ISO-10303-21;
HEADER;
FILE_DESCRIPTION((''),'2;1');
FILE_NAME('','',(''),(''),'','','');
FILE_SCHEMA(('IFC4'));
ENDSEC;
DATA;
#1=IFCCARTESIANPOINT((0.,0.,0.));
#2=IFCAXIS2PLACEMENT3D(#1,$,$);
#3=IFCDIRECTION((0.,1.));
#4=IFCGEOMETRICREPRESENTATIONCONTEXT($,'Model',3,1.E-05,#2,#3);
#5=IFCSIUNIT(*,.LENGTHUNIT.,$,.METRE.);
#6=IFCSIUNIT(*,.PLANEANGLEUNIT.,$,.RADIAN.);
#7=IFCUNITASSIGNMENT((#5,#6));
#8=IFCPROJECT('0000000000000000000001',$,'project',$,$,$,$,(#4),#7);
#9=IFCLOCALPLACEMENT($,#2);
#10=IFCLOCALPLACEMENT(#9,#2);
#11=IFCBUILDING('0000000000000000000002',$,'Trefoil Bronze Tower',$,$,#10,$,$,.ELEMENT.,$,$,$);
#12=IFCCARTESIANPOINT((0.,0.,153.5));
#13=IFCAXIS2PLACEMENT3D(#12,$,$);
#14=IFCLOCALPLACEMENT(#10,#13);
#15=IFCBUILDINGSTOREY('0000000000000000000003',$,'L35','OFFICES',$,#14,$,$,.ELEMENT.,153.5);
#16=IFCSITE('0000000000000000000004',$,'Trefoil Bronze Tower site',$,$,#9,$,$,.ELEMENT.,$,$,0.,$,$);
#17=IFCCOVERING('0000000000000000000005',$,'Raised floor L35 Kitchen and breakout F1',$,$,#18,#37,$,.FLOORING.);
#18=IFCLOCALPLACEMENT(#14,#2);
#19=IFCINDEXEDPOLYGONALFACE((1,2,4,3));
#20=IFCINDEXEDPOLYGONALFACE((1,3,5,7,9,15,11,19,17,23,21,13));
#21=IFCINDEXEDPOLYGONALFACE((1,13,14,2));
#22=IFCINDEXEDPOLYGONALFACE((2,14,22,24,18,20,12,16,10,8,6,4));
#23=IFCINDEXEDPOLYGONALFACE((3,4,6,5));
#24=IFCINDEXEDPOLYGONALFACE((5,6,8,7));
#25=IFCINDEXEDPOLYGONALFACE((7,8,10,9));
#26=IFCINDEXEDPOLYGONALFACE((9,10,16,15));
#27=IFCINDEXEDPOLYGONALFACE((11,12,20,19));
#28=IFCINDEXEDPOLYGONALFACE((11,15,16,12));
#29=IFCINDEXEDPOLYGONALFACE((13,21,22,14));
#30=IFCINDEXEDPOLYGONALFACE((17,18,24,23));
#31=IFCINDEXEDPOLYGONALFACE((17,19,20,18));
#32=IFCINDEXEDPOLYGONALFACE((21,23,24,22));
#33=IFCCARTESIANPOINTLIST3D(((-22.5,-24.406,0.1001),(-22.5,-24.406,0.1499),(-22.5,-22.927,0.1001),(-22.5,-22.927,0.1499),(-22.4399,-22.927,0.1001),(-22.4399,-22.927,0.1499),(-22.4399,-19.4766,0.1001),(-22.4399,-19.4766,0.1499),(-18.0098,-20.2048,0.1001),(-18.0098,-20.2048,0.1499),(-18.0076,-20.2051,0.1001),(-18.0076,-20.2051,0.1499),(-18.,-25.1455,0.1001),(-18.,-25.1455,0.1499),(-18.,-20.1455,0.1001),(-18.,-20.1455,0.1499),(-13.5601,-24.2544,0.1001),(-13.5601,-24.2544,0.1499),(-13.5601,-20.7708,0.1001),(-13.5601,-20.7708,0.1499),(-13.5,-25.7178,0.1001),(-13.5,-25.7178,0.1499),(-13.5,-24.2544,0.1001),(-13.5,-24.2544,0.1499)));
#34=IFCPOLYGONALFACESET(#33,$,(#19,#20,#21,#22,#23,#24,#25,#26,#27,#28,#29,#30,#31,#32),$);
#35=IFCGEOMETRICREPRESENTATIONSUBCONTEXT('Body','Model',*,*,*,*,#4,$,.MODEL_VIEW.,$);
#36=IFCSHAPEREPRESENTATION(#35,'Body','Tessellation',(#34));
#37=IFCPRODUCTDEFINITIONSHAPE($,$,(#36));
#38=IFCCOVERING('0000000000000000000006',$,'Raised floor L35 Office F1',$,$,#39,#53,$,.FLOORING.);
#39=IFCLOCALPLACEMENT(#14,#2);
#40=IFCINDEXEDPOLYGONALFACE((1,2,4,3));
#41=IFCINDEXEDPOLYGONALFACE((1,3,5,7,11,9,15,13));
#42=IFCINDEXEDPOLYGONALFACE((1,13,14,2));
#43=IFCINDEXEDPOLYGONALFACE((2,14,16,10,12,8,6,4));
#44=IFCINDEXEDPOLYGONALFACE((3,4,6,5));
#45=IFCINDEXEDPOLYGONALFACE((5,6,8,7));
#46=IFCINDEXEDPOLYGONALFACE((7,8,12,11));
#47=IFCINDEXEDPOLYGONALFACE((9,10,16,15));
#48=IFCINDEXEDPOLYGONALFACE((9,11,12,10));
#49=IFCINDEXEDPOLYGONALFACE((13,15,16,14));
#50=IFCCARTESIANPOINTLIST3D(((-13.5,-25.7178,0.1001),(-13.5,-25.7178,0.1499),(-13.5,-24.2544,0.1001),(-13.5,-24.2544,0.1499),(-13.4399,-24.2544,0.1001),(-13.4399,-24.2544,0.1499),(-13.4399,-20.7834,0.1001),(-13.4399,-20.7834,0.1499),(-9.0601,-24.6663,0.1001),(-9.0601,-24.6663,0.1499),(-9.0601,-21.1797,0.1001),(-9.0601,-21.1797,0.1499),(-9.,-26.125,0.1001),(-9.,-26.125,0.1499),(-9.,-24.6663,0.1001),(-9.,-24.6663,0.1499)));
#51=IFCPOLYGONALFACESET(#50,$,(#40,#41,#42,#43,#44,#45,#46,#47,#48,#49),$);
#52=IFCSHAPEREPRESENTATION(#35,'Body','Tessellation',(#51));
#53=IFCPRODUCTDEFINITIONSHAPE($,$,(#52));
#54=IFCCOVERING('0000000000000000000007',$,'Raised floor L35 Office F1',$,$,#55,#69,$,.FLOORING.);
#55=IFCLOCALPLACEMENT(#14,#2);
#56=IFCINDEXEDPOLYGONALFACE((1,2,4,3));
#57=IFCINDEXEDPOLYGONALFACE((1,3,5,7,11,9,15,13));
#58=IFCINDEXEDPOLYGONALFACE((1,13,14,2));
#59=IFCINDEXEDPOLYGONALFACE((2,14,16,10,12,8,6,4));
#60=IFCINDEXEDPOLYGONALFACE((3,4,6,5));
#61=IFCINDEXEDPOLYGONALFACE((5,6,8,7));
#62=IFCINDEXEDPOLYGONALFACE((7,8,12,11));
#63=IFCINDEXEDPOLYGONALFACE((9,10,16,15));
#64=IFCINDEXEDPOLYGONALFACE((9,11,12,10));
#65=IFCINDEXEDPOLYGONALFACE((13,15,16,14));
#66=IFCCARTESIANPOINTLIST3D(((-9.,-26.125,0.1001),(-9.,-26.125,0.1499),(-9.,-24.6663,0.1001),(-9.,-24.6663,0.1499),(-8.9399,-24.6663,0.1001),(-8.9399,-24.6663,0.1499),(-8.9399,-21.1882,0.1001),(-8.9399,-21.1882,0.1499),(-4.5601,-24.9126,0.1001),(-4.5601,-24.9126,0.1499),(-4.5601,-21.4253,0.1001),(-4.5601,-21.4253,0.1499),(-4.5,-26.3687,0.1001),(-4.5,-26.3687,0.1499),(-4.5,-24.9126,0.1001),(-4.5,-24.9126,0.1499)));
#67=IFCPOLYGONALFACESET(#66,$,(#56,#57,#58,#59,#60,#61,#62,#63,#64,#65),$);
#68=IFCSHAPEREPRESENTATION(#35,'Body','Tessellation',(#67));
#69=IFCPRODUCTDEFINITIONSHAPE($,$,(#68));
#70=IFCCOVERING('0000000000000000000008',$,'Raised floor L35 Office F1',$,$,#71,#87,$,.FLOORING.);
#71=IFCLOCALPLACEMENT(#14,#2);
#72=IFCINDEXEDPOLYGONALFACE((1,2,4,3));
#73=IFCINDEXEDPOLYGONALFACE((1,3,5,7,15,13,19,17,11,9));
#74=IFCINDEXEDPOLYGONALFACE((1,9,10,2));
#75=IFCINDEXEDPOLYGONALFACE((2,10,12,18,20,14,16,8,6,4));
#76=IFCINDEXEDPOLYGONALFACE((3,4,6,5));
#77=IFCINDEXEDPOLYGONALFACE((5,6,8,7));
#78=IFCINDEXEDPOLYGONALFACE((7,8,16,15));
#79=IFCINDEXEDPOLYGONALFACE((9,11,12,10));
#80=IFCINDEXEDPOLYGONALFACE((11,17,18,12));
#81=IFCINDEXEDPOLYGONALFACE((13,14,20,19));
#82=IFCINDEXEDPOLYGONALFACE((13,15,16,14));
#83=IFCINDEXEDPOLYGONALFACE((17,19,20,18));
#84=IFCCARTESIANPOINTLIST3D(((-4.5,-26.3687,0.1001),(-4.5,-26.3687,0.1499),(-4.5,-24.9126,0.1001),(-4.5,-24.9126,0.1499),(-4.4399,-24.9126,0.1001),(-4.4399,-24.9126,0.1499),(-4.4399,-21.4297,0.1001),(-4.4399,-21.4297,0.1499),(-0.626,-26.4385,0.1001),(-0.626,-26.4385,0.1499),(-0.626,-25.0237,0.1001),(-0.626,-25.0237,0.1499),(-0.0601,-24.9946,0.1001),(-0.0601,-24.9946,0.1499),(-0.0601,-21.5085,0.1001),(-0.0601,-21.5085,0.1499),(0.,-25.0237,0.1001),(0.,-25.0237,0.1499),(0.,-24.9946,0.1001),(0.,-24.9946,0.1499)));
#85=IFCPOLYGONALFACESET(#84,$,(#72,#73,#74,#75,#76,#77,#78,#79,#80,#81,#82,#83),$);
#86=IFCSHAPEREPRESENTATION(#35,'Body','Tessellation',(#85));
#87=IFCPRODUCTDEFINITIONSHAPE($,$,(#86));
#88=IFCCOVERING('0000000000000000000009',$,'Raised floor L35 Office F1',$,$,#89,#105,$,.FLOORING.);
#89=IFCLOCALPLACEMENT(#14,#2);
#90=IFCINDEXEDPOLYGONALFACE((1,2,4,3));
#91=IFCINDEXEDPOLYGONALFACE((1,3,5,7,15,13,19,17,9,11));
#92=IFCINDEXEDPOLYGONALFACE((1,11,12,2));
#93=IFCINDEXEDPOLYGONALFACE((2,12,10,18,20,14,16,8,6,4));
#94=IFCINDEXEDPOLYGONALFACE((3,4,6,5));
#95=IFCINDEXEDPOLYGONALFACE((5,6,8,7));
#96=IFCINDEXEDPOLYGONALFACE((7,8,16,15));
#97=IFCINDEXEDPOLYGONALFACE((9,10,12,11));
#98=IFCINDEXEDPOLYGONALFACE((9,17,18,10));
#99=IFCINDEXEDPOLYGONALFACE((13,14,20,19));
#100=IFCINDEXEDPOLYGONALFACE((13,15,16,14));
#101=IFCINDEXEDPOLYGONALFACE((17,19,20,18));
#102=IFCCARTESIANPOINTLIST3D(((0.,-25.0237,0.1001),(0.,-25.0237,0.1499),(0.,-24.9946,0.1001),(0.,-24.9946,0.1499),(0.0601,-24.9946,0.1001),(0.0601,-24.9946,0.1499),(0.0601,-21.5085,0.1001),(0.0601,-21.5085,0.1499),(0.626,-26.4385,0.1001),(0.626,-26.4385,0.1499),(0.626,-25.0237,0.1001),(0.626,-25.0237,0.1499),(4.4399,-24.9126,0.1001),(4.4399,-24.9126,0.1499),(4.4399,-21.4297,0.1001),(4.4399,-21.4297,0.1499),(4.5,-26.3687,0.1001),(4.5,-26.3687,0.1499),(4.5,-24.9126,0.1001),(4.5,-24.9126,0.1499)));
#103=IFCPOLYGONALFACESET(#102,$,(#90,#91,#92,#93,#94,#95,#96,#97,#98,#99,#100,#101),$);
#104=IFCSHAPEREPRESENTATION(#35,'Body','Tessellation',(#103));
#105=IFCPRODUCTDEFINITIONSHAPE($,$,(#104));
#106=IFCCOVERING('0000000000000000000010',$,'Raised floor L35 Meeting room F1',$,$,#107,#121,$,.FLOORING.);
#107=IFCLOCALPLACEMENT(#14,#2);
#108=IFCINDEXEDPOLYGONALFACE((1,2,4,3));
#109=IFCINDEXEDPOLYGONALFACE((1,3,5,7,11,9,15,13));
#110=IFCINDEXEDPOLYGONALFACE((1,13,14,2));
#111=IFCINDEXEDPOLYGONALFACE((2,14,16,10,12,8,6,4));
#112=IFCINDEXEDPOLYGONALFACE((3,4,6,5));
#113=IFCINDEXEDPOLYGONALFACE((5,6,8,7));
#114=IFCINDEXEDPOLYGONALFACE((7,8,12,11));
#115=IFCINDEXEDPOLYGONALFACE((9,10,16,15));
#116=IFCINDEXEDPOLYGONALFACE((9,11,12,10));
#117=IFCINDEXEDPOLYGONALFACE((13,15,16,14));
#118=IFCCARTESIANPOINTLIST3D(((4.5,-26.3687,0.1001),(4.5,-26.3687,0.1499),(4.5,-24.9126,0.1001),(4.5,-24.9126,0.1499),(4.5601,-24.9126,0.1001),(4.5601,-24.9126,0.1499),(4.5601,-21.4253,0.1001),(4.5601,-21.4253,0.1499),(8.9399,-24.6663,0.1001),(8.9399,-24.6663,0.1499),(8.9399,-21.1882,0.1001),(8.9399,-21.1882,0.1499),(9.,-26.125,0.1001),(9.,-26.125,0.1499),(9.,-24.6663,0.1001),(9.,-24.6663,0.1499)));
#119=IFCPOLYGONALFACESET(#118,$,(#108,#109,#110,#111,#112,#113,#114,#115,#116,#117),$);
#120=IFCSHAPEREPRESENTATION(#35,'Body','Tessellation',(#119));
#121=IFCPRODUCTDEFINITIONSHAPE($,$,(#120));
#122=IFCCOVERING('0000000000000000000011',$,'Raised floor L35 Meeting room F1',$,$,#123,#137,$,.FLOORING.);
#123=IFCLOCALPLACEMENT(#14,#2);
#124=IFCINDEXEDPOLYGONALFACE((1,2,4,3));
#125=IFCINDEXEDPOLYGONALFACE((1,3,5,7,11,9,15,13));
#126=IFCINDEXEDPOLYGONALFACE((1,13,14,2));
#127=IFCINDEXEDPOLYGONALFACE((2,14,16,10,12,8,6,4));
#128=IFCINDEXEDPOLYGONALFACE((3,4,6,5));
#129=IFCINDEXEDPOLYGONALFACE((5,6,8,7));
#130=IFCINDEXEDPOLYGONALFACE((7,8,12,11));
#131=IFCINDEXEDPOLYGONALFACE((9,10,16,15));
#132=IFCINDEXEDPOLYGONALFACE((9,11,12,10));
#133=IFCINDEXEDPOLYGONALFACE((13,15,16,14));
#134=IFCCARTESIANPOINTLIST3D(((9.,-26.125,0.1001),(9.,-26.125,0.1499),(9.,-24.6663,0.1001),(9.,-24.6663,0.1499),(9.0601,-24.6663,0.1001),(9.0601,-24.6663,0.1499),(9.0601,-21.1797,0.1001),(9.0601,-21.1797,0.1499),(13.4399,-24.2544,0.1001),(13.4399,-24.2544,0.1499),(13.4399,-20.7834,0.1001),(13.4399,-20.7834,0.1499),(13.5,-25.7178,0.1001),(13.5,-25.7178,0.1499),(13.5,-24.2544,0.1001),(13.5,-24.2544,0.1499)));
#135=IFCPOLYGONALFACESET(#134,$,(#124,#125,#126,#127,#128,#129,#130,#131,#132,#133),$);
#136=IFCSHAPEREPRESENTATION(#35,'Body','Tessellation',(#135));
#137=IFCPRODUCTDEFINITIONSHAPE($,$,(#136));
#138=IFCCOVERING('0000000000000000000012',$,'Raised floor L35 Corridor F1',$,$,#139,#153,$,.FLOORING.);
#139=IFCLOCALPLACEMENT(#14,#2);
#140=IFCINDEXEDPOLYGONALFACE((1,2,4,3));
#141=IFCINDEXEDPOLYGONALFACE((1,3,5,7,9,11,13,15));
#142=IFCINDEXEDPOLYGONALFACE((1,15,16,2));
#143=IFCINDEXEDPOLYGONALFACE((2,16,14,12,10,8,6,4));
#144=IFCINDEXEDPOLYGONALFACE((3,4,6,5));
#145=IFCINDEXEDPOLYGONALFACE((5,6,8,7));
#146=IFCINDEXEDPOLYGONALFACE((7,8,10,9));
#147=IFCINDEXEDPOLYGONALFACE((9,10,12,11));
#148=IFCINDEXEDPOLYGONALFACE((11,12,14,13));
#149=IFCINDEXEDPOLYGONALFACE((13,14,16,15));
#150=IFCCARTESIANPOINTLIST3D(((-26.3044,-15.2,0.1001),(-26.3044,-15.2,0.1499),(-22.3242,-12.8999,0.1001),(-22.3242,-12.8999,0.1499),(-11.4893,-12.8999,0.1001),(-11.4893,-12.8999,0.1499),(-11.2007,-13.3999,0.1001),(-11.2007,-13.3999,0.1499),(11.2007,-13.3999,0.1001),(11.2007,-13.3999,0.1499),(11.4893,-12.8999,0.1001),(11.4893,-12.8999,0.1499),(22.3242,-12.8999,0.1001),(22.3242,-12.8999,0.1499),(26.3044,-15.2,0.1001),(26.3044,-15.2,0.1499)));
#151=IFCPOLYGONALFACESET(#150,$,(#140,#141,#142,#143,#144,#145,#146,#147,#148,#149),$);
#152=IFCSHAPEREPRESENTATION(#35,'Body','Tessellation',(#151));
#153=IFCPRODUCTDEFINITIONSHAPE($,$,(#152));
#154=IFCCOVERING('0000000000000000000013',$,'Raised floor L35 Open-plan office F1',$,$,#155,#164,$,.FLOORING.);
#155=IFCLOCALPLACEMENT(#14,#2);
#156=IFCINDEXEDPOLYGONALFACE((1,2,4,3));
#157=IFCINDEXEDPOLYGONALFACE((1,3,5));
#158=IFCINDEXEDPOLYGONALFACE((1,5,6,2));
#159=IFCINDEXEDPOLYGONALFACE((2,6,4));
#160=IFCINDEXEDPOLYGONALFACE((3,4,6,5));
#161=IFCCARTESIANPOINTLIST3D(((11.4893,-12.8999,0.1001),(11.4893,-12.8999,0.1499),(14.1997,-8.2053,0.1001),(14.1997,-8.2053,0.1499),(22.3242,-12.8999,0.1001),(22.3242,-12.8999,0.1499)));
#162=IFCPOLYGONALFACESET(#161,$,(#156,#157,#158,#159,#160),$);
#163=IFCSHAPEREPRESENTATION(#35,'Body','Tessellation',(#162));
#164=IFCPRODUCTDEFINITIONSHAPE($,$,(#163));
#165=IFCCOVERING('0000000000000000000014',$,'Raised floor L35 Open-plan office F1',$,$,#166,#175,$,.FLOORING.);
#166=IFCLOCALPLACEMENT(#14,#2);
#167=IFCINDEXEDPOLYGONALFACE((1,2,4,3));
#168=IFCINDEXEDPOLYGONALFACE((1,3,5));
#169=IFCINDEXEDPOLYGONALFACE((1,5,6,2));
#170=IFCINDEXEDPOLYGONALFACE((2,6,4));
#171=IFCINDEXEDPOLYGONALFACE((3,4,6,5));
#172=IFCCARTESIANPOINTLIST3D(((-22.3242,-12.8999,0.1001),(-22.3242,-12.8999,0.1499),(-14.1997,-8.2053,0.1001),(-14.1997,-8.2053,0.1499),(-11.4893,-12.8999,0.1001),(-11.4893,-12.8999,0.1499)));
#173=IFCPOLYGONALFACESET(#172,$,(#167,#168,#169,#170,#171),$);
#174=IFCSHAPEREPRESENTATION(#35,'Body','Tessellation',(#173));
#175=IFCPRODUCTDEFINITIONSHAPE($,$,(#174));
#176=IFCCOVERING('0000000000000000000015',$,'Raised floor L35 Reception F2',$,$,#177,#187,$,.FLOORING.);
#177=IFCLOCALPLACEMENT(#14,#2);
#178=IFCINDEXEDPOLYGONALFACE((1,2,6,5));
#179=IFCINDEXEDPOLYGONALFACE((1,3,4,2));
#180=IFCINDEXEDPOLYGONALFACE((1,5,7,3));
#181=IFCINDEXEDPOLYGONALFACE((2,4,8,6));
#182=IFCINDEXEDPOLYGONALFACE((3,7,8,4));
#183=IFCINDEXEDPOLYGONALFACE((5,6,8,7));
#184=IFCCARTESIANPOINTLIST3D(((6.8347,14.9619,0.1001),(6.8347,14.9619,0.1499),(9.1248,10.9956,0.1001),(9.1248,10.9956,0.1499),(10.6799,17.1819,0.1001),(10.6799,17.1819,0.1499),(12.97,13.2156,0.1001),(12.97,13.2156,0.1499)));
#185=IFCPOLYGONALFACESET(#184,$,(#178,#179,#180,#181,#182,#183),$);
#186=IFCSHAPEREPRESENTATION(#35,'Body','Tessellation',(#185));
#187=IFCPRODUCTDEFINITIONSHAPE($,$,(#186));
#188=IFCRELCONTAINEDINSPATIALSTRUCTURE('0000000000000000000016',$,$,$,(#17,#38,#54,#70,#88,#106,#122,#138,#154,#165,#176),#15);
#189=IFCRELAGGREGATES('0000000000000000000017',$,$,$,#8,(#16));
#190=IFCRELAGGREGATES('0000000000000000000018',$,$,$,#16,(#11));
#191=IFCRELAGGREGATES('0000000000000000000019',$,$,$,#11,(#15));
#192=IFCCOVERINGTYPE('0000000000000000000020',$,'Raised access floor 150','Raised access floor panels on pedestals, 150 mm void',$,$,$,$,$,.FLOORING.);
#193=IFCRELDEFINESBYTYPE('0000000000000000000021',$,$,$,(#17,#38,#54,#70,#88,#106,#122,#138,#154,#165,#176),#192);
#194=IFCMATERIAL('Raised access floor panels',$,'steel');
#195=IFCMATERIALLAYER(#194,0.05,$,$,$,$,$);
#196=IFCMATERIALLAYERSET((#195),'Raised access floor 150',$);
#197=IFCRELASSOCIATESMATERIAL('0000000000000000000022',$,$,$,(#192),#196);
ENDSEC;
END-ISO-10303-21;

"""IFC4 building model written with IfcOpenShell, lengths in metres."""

from ifc_helpers import new_model, si_unit, direction, frame, origin, place, context, subcontext, project, spatial, polyline, outline, extrude, material, layer, layer_set, type_object, element, save


model = new_model("IFC4")

# Units and contexts
model_context = context("Model", 3, precision=1e-05, world=origin(), true_north=direction((0.0, 1.0)))
body_context = subcontext(model_context, "Body", "Model", "MODEL_VIEW")
ifc_project = project(units=[si_unit("LENGTHUNIT", "METRE"), si_unit("PLANEANGLEUNIT", "RADIAN")], contexts=[model_context])

# Site, building, storey
site_placement = place(None, origin())
site = spatial("IfcSite", under=ifc_project, at=site_placement, Name="Trefoil Bronze Tower site", CompositionType="ELEMENT", RefElevation=0.0)
building_placement = place(site_placement, origin())
building = spatial("IfcBuilding", under=site, at=building_placement, Name="Trefoil Bronze Tower", CompositionType="ELEMENT")
storey_placement = place(building_placement, frame((0.0, 0.0, 153.5)))
storey = spatial("IfcBuildingStorey", under=building, at=storey_placement, Name="L35", Description="OFFICES", CompositionType="ELEMENT", Elevation=153.5)

# Coverings
ifc_material_1 = material(Name="Raised access floor panels", Category="steel")
ifc_layer_1 = layer(ifc_material_1, 0.05)
ifc_layer_set_1 = layer_set([ifc_layer_1], Name="Raised access floor 150")
covering_type_1 = type_object("IfcCoveringType", Name="Raised access floor 150", Description="Raised access floor panels on pedestals, 150 mm void", PredefinedType="FLOORING", material=ifc_layer_set_1)
covering_1_placement = place(storey_placement, frame((0.0, 0.0, 0.1001)))
element("IfcCovering", 1, at=covering_1_placement, inside=storey, type_object=covering_type_1, Name="Raised floor L35 Kitchen and breakout F1", PredefinedType="FLOORING", context=body_context, shape_type="SweptSolid", body=[
    extrude(outline(polyline([(-13.5, -25.7178), (-18.0, -25.1455), (-22.5, -24.406), (-22.5, -22.927), (-22.4399, -22.927), (-22.4399, -19.4766), (-18.0098, -20.2048), (-18.0, -20.1455), (-18.0076, -20.2051), (-13.5601, -20.7708), (-13.5601, -24.2544), (-13.5, -24.2544), (-13.5, -25.7178)])), origin(), (0.0, 0.0, 1.0), 0.0498),
])
covering_2_placement = place(storey_placement, frame((0.0, 0.0, 0.1001)))
element("IfcCovering", 2, at=covering_2_placement, inside=storey, type_object=covering_type_1, Name="Raised floor L35 Office F1", PredefinedType="FLOORING", context=body_context, shape_type="SweptSolid", body=[
    extrude(outline(polyline([(-13.5, -24.2544), (-13.4399, -24.2544), (-13.4399, -20.7834), (-9.0601, -21.1797), (-9.0601, -24.6663), (-9.0, -24.6663), (-9.0, -26.125), (-13.5, -25.7178), (-13.5, -24.2544)])), origin(), (0.0, 0.0, 1.0), 0.0498),
])
covering_3_placement = place(storey_placement, frame((0.0, 0.0, 0.1001)))
element("IfcCovering", 3, at=covering_3_placement, inside=storey, type_object=covering_type_1, Name="Raised floor L35 Office F1", PredefinedType="FLOORING", context=body_context, shape_type="SweptSolid", body=[
    extrude(outline(polyline([(-9.0, -24.6663), (-8.9399, -24.6663), (-8.9399, -21.1882), (-4.5601, -21.4253), (-4.5601, -24.9126), (-4.5, -24.9126), (-4.5, -26.3687), (-9.0, -26.125), (-9.0, -24.6663)])), origin(), (0.0, 0.0, 1.0), 0.0498),
])
covering_4_placement = place(storey_placement, frame((0.0, 0.0, 0.1001)))
element("IfcCovering", 4, at=covering_4_placement, inside=storey, type_object=covering_type_1, Name="Raised floor L35 Office F1", PredefinedType="FLOORING", context=body_context, shape_type="SweptSolid", body=[
    extrude(outline(polyline([(-4.5, -24.9126), (-4.4399, -24.9126), (-4.4399, -21.4297), (-0.0601, -21.5085), (-0.0601, -24.9946), (0.0, -24.9946), (0.0, -25.0237), (-0.626, -25.0237), (-0.626, -26.4385), (-4.5, -26.3687), (-4.5, -24.9126)])), origin(), (0.0, 0.0, 1.0), 0.0498),
])
covering_5_placement = place(storey_placement, frame((0.0, 0.0, 0.1001)))
element("IfcCovering", 5, at=covering_5_placement, inside=storey, type_object=covering_type_1, Name="Raised floor L35 Office F1", PredefinedType="FLOORING", context=body_context, shape_type="SweptSolid", body=[
    extrude(outline(polyline([(0.0, -24.9946), (0.0601, -24.9946), (0.0601, -21.5085), (4.4399, -21.4297), (4.4399, -24.9126), (4.5, -24.9126), (4.5, -26.3687), (0.626, -26.4385), (0.626, -25.0237), (0.0, -25.0237), (0.0, -24.9946)])), origin(), (0.0, 0.0, 1.0), 0.0498),
])
covering_6_placement = place(storey_placement, frame((0.0, 0.0, 0.1001)))
element("IfcCovering", 6, at=covering_6_placement, inside=storey, type_object=covering_type_1, Name="Raised floor L35 Meeting room F1", PredefinedType="FLOORING", context=body_context, shape_type="SweptSolid", body=[
    extrude(outline(polyline([(4.5, -24.9126), (4.5601, -24.9126), (4.5601, -21.4253), (8.9399, -21.1882), (8.9399, -24.6663), (9.0, -24.6663), (9.0, -26.125), (4.5, -26.3687), (4.5, -24.9126)])), origin(), (0.0, 0.0, 1.0), 0.0498),
])
covering_7_placement = place(storey_placement, frame((0.0, 0.0, 0.1001)))
element("IfcCovering", 7, at=covering_7_placement, inside=storey, type_object=covering_type_1, Name="Raised floor L35 Meeting room F1", PredefinedType="FLOORING", context=body_context, shape_type="SweptSolid", body=[
    extrude(outline(polyline([(9.0, -24.6663), (9.0601, -24.6663), (9.0601, -21.1797), (13.4399, -20.7834), (13.4399, -24.2544), (13.5, -24.2544), (13.5, -25.7178), (9.0, -26.125), (9.0, -24.6663)])), origin(), (0.0, 0.0, 1.0), 0.0498),
])
covering_8_placement = place(storey_placement, frame((0.0, 0.0, 0.1001)))
element("IfcCovering", 8, at=covering_8_placement, inside=storey, type_object=covering_type_1, Name="Raised floor L35 Corridor F1", PredefinedType="FLOORING", context=body_context, shape_type="SweptSolid", body=[
    extrude(outline(polyline([(26.3044, -15.2), (-26.3044, -15.2), (-22.3242, -12.8999), (-11.4893, -12.8999), (-11.2007, -13.3999), (11.2007, -13.3999), (11.4893, -12.8999), (22.3242, -12.8999), (26.3044, -15.2)])), origin(), (0.0, 0.0, 1.0), 0.0498),
])
covering_9_placement = place(storey_placement, frame((0.0, 0.0, 0.1001)))
element("IfcCovering", 9, at=covering_9_placement, inside=storey, type_object=covering_type_1, Name="Raised floor L35 Open-plan office F1", PredefinedType="FLOORING", context=body_context, shape_type="SweptSolid", body=[
    extrude(outline(polyline([(14.1997, -8.2053), (22.3242, -12.8999), (11.4893, -12.8999), (14.1997, -8.2053)])), origin(), (0.0, 0.0, 1.0), 0.0498),
])
covering_10_placement = place(storey_placement, frame((0.0, 0.0, 0.1001)))
element("IfcCovering", 10, at=covering_10_placement, inside=storey, type_object=covering_type_1, Name="Raised floor L35 Open-plan office F1", PredefinedType="FLOORING", context=body_context, shape_type="SweptSolid", body=[
    extrude(outline(polyline([(-22.3242, -12.8999), (-14.1997, -8.2053), (-11.4893, -12.8999), (-22.3242, -12.8999)])), origin(), (0.0, 0.0, 1.0), 0.0498),
])
covering_11_placement = place(storey_placement, frame((0.0, 0.0, 0.1001)))
element("IfcCovering", 11, at=covering_11_placement, inside=storey, type_object=covering_type_1, Name="Raised floor L35 Reception F2", PredefinedType="FLOORING", context=body_context, shape_type="SweptSolid", body=[
    extrude(outline(polyline([(6.8347, 14.9619), (10.6799, 17.1819), (12.97, 13.2156), (9.1248, 10.9956), (6.8347, 14.9619)])), origin(), (0.0, 0.0, 1.0), 0.0498),
])

save(model, "model.ifc")
